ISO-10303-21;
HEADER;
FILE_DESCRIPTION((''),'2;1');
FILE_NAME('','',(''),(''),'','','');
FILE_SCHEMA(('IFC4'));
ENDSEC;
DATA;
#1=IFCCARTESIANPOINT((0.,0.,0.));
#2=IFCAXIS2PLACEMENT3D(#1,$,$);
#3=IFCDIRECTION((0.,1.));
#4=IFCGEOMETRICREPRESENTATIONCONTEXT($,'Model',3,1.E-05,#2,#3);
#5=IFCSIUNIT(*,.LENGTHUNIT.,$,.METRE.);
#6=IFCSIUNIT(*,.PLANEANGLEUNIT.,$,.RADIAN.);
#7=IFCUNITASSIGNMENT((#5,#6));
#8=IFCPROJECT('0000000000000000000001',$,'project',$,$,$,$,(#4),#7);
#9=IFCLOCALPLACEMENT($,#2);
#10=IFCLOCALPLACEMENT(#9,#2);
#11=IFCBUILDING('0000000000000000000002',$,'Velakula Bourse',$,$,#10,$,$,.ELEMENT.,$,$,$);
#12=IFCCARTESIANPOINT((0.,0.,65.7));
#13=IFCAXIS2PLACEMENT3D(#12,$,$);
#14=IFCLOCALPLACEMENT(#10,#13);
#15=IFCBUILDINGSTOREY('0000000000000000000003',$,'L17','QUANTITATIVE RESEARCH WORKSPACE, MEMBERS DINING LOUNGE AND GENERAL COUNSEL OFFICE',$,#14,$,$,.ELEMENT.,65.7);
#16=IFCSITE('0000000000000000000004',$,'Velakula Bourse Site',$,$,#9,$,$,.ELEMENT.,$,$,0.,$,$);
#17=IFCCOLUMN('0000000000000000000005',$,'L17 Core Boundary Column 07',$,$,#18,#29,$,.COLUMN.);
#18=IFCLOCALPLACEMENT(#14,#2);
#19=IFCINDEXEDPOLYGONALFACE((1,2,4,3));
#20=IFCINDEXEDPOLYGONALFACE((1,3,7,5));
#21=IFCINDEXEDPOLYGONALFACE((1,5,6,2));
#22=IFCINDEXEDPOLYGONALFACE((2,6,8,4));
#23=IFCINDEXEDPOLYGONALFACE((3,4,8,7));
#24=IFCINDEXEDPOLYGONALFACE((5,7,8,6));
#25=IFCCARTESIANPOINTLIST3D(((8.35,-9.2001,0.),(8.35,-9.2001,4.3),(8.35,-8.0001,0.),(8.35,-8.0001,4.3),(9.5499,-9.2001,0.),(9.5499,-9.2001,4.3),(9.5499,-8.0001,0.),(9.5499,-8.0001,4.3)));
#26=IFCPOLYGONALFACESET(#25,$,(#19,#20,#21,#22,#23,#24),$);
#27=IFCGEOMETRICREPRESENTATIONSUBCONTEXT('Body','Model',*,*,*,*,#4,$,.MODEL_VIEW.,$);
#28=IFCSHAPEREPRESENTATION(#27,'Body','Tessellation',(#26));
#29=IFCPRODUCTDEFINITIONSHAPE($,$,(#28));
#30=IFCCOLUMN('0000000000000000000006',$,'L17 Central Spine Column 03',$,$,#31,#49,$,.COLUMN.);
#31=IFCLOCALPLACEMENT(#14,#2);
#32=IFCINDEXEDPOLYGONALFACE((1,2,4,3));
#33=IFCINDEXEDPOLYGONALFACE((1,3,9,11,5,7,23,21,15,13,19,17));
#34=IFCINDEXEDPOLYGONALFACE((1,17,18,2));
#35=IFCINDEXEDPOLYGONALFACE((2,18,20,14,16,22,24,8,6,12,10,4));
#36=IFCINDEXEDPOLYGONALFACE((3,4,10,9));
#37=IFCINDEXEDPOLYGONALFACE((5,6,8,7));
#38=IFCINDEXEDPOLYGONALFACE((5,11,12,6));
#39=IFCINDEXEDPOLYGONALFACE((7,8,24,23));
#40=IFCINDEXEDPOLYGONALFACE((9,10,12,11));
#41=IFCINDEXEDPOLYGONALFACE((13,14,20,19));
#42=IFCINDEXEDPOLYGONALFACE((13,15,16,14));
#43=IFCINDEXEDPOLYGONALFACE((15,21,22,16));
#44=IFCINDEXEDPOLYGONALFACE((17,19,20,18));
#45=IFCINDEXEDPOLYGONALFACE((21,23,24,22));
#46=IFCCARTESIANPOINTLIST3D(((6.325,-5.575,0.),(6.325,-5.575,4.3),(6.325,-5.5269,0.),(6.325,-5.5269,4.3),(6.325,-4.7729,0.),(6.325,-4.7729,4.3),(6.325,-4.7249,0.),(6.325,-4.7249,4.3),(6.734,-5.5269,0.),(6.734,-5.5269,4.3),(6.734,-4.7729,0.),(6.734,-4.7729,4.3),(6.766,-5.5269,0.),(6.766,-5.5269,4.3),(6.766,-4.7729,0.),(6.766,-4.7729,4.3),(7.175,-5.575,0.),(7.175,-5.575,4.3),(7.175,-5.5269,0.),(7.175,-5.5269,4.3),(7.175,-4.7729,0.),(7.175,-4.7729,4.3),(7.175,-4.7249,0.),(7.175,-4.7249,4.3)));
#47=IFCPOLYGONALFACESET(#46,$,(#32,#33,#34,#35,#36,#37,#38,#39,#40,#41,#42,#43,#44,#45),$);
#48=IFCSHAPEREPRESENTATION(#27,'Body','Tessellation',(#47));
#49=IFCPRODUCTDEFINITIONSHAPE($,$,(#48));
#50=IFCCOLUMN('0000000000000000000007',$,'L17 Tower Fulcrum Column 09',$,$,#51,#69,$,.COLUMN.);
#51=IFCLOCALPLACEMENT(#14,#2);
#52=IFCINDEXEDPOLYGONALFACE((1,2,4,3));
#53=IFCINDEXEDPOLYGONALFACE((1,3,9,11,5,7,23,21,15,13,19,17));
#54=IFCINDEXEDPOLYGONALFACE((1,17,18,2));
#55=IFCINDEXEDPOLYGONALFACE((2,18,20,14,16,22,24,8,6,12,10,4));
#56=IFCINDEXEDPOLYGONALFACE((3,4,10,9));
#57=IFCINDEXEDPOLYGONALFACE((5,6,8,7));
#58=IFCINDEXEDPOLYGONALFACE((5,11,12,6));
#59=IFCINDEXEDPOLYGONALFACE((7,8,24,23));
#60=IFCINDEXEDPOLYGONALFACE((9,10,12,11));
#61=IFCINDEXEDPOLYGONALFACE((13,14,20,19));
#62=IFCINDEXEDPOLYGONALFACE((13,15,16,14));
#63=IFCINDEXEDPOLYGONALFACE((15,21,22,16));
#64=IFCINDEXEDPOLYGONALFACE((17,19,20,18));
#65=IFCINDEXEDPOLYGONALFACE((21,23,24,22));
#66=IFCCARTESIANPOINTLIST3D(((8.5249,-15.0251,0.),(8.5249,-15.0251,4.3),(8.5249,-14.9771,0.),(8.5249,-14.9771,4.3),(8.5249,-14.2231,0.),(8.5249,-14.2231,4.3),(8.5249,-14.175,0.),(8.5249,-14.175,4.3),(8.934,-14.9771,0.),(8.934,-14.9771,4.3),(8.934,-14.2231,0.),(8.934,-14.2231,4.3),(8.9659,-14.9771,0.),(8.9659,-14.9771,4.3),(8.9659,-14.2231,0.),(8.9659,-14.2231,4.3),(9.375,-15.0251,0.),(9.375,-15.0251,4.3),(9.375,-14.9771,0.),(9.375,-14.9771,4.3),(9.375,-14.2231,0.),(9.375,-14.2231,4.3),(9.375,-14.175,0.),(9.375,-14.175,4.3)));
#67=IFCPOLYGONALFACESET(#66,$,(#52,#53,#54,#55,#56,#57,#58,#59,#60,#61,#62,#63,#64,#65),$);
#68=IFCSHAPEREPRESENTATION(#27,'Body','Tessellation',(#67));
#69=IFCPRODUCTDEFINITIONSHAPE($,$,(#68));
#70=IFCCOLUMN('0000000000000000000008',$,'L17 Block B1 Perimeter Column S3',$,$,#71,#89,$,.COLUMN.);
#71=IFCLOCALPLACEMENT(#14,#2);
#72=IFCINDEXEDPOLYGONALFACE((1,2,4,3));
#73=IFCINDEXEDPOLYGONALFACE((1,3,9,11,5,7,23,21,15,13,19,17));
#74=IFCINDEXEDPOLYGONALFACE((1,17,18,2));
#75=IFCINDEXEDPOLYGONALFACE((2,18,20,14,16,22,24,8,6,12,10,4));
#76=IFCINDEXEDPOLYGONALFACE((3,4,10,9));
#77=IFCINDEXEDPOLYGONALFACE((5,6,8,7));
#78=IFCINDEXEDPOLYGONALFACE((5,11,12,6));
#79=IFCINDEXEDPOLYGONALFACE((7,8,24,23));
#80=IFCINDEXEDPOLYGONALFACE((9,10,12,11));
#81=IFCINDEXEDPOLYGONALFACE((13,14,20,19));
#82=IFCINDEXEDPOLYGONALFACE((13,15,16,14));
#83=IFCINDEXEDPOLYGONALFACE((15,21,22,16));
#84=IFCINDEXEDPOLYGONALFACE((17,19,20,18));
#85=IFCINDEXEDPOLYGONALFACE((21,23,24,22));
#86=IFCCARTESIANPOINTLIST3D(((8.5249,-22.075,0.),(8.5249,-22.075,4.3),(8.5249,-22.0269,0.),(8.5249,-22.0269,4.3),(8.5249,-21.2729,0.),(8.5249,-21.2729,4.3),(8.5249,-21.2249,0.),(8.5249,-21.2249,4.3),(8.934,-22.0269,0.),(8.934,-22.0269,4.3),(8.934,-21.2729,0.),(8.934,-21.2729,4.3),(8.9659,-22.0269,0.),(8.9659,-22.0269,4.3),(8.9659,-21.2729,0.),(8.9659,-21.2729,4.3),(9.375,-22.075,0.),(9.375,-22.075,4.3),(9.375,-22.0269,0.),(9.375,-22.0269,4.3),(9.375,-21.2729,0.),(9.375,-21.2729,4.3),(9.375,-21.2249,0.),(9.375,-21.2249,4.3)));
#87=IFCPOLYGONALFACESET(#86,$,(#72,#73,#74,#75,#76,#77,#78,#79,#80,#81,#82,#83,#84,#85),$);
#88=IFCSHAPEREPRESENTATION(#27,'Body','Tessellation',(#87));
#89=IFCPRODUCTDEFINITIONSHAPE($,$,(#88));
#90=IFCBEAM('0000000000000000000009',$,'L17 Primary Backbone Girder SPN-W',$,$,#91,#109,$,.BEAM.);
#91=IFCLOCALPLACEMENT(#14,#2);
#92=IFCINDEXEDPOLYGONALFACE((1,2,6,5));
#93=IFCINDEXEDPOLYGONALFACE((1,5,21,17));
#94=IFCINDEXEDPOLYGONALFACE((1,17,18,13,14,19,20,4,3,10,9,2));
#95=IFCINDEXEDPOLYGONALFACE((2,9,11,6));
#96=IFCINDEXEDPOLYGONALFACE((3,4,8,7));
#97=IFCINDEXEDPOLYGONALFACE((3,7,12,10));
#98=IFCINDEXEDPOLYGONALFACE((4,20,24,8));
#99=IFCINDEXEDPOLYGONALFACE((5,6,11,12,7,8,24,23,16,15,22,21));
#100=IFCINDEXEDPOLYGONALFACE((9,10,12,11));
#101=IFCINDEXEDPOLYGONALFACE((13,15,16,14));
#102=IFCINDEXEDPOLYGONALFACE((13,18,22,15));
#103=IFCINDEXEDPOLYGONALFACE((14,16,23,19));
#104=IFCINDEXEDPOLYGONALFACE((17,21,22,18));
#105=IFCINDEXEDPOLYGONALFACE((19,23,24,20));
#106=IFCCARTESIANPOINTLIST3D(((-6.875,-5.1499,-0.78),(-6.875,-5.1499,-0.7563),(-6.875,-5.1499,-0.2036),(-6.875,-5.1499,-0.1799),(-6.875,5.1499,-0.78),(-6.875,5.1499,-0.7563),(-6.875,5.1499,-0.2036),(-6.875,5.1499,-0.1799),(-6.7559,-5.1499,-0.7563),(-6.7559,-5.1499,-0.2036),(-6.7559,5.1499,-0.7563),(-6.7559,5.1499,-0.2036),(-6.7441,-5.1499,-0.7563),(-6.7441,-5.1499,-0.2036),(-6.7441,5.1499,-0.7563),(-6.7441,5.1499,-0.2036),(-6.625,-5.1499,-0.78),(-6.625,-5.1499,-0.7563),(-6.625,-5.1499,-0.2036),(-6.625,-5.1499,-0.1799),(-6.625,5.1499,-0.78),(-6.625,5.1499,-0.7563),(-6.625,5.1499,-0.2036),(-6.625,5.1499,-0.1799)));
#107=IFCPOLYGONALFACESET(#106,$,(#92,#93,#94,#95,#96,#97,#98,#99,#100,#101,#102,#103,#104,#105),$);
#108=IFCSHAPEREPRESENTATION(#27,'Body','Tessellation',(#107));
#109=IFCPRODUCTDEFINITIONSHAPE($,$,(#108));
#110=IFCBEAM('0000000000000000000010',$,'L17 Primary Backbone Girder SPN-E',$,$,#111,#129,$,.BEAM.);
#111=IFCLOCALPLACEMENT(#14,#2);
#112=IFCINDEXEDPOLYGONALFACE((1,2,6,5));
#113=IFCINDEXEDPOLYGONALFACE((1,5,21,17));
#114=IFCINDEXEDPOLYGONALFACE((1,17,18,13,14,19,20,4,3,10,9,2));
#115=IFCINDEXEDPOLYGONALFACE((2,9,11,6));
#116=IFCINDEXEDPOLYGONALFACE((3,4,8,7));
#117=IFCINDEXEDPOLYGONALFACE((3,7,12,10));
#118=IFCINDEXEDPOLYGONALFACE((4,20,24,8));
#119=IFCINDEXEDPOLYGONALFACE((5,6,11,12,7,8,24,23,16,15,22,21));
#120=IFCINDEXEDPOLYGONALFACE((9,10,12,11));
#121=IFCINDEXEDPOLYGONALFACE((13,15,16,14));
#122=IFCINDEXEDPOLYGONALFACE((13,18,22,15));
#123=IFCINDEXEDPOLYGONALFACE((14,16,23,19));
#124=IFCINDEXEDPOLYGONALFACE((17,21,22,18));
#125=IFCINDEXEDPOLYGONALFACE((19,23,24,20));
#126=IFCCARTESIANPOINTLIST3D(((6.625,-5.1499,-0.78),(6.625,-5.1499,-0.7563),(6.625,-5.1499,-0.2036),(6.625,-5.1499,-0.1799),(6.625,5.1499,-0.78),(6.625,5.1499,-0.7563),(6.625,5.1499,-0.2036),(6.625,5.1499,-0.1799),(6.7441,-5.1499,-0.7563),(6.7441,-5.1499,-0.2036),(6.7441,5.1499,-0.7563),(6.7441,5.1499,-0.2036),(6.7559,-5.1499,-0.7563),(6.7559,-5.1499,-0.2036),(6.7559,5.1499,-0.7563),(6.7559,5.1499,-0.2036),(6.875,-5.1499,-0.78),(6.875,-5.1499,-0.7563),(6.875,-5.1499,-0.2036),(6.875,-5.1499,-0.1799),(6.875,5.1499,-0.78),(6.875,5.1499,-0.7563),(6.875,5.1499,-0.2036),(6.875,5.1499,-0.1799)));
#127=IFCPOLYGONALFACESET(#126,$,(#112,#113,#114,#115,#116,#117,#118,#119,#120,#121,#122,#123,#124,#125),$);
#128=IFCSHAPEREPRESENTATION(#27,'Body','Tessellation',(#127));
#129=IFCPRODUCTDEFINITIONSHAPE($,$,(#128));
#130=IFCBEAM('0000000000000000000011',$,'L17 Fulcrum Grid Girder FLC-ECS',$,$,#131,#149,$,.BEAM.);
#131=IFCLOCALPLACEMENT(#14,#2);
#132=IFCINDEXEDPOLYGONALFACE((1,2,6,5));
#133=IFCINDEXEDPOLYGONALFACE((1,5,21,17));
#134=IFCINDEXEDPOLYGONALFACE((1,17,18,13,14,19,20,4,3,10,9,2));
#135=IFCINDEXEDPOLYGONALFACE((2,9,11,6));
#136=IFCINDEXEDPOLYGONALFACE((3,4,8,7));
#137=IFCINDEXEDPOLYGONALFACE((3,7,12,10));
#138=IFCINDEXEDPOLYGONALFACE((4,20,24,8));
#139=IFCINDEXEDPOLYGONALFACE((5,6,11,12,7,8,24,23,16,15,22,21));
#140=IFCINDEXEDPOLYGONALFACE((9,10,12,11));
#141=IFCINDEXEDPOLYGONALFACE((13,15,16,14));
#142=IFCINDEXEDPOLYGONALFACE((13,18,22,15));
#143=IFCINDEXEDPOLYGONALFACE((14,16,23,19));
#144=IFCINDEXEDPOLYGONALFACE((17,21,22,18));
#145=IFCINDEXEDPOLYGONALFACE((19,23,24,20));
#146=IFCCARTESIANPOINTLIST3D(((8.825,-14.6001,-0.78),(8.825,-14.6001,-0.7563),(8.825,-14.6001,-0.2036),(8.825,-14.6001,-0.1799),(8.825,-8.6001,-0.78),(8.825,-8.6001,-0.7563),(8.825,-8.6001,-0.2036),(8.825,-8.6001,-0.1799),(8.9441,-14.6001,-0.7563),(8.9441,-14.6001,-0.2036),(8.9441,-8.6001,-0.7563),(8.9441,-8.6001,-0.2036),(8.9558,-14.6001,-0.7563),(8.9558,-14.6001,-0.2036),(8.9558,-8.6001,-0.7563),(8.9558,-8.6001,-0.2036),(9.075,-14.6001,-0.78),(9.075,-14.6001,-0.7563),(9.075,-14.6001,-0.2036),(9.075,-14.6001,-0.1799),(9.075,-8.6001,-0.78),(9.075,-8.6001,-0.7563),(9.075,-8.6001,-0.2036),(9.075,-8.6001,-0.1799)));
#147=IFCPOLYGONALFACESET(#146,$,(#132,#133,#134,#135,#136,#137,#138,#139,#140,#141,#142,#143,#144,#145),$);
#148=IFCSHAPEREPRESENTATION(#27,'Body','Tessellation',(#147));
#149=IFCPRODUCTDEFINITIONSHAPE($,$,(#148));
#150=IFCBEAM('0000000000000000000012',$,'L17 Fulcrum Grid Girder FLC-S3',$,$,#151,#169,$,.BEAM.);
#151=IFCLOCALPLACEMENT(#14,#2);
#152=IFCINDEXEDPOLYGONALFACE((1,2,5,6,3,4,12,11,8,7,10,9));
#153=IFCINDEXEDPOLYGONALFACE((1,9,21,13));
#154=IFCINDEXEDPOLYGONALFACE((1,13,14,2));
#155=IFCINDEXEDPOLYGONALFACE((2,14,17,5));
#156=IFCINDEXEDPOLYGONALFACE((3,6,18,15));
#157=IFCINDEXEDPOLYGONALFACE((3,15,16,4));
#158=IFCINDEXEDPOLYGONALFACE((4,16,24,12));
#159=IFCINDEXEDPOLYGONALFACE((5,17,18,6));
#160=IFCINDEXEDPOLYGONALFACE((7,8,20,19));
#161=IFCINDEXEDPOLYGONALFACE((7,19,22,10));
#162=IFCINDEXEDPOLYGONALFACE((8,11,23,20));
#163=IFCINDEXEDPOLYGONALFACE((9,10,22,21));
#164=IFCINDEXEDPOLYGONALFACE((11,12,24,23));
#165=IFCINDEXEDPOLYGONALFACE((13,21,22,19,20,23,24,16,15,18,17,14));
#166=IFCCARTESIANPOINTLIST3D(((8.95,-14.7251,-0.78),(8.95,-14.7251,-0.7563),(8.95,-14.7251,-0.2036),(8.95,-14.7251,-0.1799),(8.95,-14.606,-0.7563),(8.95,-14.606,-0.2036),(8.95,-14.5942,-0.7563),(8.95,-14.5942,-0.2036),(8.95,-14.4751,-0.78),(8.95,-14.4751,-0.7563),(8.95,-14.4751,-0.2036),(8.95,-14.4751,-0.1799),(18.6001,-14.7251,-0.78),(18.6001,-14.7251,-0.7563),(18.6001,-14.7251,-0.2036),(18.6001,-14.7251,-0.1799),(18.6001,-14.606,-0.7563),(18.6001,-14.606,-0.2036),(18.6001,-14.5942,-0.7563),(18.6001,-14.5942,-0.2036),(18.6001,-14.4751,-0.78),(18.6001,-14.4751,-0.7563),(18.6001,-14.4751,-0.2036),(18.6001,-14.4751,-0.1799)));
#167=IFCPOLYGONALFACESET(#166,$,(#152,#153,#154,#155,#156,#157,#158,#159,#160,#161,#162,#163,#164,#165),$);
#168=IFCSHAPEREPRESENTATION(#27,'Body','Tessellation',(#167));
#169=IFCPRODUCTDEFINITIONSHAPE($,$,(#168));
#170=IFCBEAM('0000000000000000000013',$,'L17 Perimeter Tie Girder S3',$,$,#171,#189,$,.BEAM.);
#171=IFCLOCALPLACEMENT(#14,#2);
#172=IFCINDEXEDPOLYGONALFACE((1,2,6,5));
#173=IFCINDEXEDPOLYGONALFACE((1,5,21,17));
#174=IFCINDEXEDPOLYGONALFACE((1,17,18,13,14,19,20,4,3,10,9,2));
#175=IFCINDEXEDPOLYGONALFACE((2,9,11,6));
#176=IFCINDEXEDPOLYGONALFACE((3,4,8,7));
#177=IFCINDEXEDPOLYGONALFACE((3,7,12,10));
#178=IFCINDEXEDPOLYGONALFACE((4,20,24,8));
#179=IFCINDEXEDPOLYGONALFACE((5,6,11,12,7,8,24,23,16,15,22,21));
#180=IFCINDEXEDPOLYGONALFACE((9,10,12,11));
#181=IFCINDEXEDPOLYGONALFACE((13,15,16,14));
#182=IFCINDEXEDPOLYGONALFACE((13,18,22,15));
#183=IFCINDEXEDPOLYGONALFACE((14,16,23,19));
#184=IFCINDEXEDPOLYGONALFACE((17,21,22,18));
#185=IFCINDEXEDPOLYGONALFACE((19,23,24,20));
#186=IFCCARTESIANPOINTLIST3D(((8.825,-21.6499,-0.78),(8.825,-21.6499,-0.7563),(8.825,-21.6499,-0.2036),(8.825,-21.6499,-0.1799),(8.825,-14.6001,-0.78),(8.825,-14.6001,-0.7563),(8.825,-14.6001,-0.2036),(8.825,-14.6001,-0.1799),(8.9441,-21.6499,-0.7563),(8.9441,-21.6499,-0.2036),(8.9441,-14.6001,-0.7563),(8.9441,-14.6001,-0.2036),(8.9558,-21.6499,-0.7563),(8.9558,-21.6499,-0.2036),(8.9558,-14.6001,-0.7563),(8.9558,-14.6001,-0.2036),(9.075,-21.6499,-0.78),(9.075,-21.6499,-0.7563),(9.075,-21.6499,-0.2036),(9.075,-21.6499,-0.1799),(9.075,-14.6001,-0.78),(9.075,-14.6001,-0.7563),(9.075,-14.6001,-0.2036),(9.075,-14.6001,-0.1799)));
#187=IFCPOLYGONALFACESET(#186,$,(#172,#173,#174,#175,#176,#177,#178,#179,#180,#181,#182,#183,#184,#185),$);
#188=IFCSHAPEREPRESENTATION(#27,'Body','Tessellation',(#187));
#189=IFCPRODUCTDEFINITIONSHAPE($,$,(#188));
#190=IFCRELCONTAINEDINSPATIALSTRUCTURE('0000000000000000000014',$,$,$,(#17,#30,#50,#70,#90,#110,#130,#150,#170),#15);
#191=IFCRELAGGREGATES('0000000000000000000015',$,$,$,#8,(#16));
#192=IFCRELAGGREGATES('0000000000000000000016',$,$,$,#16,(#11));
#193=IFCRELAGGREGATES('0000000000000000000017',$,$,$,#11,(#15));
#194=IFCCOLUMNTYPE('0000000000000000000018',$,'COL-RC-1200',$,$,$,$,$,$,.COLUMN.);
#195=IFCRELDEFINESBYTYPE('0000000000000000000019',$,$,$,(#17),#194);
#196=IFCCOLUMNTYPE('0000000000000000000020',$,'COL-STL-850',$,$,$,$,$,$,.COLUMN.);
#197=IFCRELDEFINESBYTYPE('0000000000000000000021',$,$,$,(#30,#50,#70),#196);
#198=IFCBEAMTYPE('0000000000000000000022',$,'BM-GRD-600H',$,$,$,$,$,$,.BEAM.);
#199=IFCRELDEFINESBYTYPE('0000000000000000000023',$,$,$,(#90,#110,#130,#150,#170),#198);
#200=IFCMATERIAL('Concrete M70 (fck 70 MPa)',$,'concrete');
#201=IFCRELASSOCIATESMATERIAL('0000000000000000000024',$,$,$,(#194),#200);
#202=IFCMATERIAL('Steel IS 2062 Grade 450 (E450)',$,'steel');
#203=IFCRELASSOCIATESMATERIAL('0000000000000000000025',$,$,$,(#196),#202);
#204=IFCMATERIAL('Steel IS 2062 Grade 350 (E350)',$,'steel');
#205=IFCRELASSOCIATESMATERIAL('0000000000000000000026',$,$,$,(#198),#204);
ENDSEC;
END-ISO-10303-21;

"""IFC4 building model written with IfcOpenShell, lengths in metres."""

from ifc_helpers import new_model, si_unit, direction, frame, origin, origin_2d, place, context, subcontext, project, spatial, rectangle, i_section, extrude, material, material_profile, profile_set, type_object, element, save


model = new_model("IFC4")

# Units and contexts
model_context = context("Model", 3, precision=1e-05, world=origin(), true_north=direction((0.0, 1.0)))
body_context = subcontext(model_context, "Body", "Model", "MODEL_VIEW")
ifc_project = project(units=[si_unit("LENGTHUNIT", "METRE"), si_unit("PLANEANGLEUNIT", "RADIAN")], contexts=[model_context])

# Site, building, storey
site_placement = place(None, origin())
site = spatial("IfcSite", under=ifc_project, at=site_placement, Name="Velakula Bourse Site", CompositionType="ELEMENT", RefElevation=0.0)
building_placement = place(site_placement, origin())
building = spatial("IfcBuilding", under=site, at=building_placement, Name="Velakula Bourse", CompositionType="ELEMENT")
storey_placement = place(building_placement, frame((0.0, 0.0, 65.7)))
storey = spatial("IfcBuildingStorey", under=building, at=storey_placement, Name="L17", Description="QUANTITATIVE RESEARCH WORKSPACE, MEMBERS DINING LOUNGE AND GENERAL COUNSEL OFFICE", CompositionType="ELEMENT", Elevation=65.7)

# Columns
ifc_material_1 = material(Name="Concrete M70 (fck 70 MPa)", Category="concrete")
ifc_material_profile_1 = material_profile(ifc_material_1, rectangle(XDim=1.2, YDim=1.2, at=origin_2d()), Name="Concrete M70 (fck 70 MPa)")
ifc_profile_set_1 = profile_set([ifc_material_profile_1], Name="Concrete M70 (fck 70 MPa)")
column_type_1 = type_object("IfcColumnType", Name="COL-RC-1200", PredefinedType="COLUMN", material=ifc_profile_set_1)
column_placement = place(storey_placement, frame((8.95, -8.6001, 0.0), z_axis=(0.0, 0.0, 1.0), x_axis=(1.0, 0.0, 0.0)))
element("IfcColumn", 1, at=column_placement, inside=storey, type_object=column_type_1, Name="L17 Core Boundary Column 07", PredefinedType="COLUMN", context=body_context, shape_type="SweptSolid", body=[
    extrude(rectangle(XDim=1.2, YDim=1.2, at=origin_2d()), origin(), (0.0, 0.0, 1.0), 4.3),
])
ifc_material_2 = material(Name="Steel IS 2062 Grade 450 (E450)", Category="steel")
ifc_material_profile_2 = material_profile(ifc_material_2, i_section(OverallWidth=0.8501, OverallDepth=0.8501, WebThickness=0.032, FlangeThickness=0.0481, at=origin_2d()), Name="Steel IS 2062 Grade 450 (E450)")
ifc_profile_set_2 = profile_set([ifc_material_profile_2], Name="Steel IS 2062 Grade 450 (E450)")
column_type_2 = type_object("IfcColumnType", Name="COL-STL-850", PredefinedType="COLUMN", material=ifc_profile_set_2)
for number, where, z_axis, x_axis, name in (
    (2, (6.75, -5.1499, 0.0), (0.0, 0.0, 1.0), (1.0, 0.0, 0.0), "L17 Central Spine Column 03"),
    (3, (8.95, -14.6001, 0.0), (0.0, 0.0, 1.0), (1.0, 0.0, 0.0), "L17 Tower Fulcrum Column 09"),
    (4, (8.95, -21.6499, 0.0), (0.0, 0.0, 1.0), (1.0, 0.0, 0.0), "L17 Block B1 Perimeter Column S3"),
):
    element("IfcColumn", number, at=place(storey_placement, frame(where, z_axis=z_axis, x_axis=x_axis)), inside=storey, type_object=column_type_2, Name=name, PredefinedType="COLUMN", context=body_context, shape_type="SweptSolid", body=[
        extrude(i_section(OverallWidth=0.8501, OverallDepth=0.8501, WebThickness=0.032, FlangeThickness=0.0481, at=origin_2d()), origin(), (0.0, 0.0, 1.0), 4.3),
    ])

# Beams
ifc_material_3 = material(Name="Steel IS 2062 Grade 350 (E350)", Category="steel")
ifc_material_profile_3 = material_profile(ifc_material_3, i_section(OverallWidth=0.25, OverallDepth=0.6001, WebThickness=0.0117, FlangeThickness=0.0237, at=origin_2d()), Name="Steel IS 2062 Grade 350 (E350)")
ifc_profile_set_3 = profile_set([ifc_material_profile_3], Name="Steel IS 2062 Grade 350 (E350)")
beam_type_1 = type_object("IfcBeamType", Name="BM-GRD-600H", PredefinedType="BEAM", material=ifc_profile_set_3)
for number, where, z_axis, x_axis, name in (
    (5, (-6.75, -5.1499, -0.48), (0.0, 1.0, 0.0), (-1.0, 0.0, 0.0), "L17 Primary Backbone Girder SPN-W"),
    (6, (6.75, -5.1499, -0.48), (0.0, 1.0, 0.0), (-1.0, 0.0, 0.0), "L17 Primary Backbone Girder SPN-E"),
):
    element("IfcBeam", number, at=place(storey_placement, frame(where, z_axis=z_axis, x_axis=x_axis)), inside=storey, type_object=beam_type_1, Name=name, PredefinedType="BEAM", context=body_context, shape_type="SweptSolid", body=[
        extrude(i_section(OverallWidth=0.25, OverallDepth=0.6001, WebThickness=0.0117, FlangeThickness=0.0237, at=origin_2d()), origin(), (0.0, 0.0, 1.0), 10.2998),
    ])
beam_1_placement = place(storey_placement, frame((8.95, -14.6001, -0.48), z_axis=(0.0, 1.0, 0.0), x_axis=(-1.0, 0.0, 0.0)))
element("IfcBeam", 7, at=beam_1_placement, inside=storey, type_object=beam_type_1, Name="L17 Fulcrum Grid Girder FLC-ECS", PredefinedType="BEAM", context=body_context, shape_type="SweptSolid", body=[
    extrude(i_section(OverallWidth=0.25, OverallDepth=0.6001, WebThickness=0.0117, FlangeThickness=0.0237, at=origin_2d()), origin(), (0.0, 0.0, 1.0), 6.0),
])
beam_2_placement = place(storey_placement, frame((8.95, -14.6001, -0.48), z_axis=(1.0, 0.0, 0.0), x_axis=(0.0, 1.0, 0.0)))
element("IfcBeam", 8, at=beam_2_placement, inside=storey, type_object=beam_type_1, Name="L17 Fulcrum Grid Girder FLC-S3", PredefinedType="BEAM", context=body_context, shape_type="SweptSolid", body=[
    extrude(i_section(OverallWidth=0.25, OverallDepth=0.6001, WebThickness=0.0117, FlangeThickness=0.0237, at=origin_2d()), origin(), (0.0, 0.0, 1.0), 9.6501),
])
beam_3_placement = place(storey_placement, frame((8.95, -14.6001, -0.48), z_axis=(0.0, -1.0, 0.0), x_axis=(1.0, 0.0, 0.0)))
element("IfcBeam", 9, at=beam_3_placement, inside=storey, type_object=beam_type_1, Name="L17 Perimeter Tie Girder S3", PredefinedType="BEAM", context=body_context, shape_type="SweptSolid", body=[
    extrude(i_section(OverallWidth=0.25, OverallDepth=0.6001, WebThickness=0.0117, FlangeThickness=0.0237, at=origin_2d()), origin(), (0.0, 0.0, 1.0), 7.0498),
])

save(model, "model.ifc")
